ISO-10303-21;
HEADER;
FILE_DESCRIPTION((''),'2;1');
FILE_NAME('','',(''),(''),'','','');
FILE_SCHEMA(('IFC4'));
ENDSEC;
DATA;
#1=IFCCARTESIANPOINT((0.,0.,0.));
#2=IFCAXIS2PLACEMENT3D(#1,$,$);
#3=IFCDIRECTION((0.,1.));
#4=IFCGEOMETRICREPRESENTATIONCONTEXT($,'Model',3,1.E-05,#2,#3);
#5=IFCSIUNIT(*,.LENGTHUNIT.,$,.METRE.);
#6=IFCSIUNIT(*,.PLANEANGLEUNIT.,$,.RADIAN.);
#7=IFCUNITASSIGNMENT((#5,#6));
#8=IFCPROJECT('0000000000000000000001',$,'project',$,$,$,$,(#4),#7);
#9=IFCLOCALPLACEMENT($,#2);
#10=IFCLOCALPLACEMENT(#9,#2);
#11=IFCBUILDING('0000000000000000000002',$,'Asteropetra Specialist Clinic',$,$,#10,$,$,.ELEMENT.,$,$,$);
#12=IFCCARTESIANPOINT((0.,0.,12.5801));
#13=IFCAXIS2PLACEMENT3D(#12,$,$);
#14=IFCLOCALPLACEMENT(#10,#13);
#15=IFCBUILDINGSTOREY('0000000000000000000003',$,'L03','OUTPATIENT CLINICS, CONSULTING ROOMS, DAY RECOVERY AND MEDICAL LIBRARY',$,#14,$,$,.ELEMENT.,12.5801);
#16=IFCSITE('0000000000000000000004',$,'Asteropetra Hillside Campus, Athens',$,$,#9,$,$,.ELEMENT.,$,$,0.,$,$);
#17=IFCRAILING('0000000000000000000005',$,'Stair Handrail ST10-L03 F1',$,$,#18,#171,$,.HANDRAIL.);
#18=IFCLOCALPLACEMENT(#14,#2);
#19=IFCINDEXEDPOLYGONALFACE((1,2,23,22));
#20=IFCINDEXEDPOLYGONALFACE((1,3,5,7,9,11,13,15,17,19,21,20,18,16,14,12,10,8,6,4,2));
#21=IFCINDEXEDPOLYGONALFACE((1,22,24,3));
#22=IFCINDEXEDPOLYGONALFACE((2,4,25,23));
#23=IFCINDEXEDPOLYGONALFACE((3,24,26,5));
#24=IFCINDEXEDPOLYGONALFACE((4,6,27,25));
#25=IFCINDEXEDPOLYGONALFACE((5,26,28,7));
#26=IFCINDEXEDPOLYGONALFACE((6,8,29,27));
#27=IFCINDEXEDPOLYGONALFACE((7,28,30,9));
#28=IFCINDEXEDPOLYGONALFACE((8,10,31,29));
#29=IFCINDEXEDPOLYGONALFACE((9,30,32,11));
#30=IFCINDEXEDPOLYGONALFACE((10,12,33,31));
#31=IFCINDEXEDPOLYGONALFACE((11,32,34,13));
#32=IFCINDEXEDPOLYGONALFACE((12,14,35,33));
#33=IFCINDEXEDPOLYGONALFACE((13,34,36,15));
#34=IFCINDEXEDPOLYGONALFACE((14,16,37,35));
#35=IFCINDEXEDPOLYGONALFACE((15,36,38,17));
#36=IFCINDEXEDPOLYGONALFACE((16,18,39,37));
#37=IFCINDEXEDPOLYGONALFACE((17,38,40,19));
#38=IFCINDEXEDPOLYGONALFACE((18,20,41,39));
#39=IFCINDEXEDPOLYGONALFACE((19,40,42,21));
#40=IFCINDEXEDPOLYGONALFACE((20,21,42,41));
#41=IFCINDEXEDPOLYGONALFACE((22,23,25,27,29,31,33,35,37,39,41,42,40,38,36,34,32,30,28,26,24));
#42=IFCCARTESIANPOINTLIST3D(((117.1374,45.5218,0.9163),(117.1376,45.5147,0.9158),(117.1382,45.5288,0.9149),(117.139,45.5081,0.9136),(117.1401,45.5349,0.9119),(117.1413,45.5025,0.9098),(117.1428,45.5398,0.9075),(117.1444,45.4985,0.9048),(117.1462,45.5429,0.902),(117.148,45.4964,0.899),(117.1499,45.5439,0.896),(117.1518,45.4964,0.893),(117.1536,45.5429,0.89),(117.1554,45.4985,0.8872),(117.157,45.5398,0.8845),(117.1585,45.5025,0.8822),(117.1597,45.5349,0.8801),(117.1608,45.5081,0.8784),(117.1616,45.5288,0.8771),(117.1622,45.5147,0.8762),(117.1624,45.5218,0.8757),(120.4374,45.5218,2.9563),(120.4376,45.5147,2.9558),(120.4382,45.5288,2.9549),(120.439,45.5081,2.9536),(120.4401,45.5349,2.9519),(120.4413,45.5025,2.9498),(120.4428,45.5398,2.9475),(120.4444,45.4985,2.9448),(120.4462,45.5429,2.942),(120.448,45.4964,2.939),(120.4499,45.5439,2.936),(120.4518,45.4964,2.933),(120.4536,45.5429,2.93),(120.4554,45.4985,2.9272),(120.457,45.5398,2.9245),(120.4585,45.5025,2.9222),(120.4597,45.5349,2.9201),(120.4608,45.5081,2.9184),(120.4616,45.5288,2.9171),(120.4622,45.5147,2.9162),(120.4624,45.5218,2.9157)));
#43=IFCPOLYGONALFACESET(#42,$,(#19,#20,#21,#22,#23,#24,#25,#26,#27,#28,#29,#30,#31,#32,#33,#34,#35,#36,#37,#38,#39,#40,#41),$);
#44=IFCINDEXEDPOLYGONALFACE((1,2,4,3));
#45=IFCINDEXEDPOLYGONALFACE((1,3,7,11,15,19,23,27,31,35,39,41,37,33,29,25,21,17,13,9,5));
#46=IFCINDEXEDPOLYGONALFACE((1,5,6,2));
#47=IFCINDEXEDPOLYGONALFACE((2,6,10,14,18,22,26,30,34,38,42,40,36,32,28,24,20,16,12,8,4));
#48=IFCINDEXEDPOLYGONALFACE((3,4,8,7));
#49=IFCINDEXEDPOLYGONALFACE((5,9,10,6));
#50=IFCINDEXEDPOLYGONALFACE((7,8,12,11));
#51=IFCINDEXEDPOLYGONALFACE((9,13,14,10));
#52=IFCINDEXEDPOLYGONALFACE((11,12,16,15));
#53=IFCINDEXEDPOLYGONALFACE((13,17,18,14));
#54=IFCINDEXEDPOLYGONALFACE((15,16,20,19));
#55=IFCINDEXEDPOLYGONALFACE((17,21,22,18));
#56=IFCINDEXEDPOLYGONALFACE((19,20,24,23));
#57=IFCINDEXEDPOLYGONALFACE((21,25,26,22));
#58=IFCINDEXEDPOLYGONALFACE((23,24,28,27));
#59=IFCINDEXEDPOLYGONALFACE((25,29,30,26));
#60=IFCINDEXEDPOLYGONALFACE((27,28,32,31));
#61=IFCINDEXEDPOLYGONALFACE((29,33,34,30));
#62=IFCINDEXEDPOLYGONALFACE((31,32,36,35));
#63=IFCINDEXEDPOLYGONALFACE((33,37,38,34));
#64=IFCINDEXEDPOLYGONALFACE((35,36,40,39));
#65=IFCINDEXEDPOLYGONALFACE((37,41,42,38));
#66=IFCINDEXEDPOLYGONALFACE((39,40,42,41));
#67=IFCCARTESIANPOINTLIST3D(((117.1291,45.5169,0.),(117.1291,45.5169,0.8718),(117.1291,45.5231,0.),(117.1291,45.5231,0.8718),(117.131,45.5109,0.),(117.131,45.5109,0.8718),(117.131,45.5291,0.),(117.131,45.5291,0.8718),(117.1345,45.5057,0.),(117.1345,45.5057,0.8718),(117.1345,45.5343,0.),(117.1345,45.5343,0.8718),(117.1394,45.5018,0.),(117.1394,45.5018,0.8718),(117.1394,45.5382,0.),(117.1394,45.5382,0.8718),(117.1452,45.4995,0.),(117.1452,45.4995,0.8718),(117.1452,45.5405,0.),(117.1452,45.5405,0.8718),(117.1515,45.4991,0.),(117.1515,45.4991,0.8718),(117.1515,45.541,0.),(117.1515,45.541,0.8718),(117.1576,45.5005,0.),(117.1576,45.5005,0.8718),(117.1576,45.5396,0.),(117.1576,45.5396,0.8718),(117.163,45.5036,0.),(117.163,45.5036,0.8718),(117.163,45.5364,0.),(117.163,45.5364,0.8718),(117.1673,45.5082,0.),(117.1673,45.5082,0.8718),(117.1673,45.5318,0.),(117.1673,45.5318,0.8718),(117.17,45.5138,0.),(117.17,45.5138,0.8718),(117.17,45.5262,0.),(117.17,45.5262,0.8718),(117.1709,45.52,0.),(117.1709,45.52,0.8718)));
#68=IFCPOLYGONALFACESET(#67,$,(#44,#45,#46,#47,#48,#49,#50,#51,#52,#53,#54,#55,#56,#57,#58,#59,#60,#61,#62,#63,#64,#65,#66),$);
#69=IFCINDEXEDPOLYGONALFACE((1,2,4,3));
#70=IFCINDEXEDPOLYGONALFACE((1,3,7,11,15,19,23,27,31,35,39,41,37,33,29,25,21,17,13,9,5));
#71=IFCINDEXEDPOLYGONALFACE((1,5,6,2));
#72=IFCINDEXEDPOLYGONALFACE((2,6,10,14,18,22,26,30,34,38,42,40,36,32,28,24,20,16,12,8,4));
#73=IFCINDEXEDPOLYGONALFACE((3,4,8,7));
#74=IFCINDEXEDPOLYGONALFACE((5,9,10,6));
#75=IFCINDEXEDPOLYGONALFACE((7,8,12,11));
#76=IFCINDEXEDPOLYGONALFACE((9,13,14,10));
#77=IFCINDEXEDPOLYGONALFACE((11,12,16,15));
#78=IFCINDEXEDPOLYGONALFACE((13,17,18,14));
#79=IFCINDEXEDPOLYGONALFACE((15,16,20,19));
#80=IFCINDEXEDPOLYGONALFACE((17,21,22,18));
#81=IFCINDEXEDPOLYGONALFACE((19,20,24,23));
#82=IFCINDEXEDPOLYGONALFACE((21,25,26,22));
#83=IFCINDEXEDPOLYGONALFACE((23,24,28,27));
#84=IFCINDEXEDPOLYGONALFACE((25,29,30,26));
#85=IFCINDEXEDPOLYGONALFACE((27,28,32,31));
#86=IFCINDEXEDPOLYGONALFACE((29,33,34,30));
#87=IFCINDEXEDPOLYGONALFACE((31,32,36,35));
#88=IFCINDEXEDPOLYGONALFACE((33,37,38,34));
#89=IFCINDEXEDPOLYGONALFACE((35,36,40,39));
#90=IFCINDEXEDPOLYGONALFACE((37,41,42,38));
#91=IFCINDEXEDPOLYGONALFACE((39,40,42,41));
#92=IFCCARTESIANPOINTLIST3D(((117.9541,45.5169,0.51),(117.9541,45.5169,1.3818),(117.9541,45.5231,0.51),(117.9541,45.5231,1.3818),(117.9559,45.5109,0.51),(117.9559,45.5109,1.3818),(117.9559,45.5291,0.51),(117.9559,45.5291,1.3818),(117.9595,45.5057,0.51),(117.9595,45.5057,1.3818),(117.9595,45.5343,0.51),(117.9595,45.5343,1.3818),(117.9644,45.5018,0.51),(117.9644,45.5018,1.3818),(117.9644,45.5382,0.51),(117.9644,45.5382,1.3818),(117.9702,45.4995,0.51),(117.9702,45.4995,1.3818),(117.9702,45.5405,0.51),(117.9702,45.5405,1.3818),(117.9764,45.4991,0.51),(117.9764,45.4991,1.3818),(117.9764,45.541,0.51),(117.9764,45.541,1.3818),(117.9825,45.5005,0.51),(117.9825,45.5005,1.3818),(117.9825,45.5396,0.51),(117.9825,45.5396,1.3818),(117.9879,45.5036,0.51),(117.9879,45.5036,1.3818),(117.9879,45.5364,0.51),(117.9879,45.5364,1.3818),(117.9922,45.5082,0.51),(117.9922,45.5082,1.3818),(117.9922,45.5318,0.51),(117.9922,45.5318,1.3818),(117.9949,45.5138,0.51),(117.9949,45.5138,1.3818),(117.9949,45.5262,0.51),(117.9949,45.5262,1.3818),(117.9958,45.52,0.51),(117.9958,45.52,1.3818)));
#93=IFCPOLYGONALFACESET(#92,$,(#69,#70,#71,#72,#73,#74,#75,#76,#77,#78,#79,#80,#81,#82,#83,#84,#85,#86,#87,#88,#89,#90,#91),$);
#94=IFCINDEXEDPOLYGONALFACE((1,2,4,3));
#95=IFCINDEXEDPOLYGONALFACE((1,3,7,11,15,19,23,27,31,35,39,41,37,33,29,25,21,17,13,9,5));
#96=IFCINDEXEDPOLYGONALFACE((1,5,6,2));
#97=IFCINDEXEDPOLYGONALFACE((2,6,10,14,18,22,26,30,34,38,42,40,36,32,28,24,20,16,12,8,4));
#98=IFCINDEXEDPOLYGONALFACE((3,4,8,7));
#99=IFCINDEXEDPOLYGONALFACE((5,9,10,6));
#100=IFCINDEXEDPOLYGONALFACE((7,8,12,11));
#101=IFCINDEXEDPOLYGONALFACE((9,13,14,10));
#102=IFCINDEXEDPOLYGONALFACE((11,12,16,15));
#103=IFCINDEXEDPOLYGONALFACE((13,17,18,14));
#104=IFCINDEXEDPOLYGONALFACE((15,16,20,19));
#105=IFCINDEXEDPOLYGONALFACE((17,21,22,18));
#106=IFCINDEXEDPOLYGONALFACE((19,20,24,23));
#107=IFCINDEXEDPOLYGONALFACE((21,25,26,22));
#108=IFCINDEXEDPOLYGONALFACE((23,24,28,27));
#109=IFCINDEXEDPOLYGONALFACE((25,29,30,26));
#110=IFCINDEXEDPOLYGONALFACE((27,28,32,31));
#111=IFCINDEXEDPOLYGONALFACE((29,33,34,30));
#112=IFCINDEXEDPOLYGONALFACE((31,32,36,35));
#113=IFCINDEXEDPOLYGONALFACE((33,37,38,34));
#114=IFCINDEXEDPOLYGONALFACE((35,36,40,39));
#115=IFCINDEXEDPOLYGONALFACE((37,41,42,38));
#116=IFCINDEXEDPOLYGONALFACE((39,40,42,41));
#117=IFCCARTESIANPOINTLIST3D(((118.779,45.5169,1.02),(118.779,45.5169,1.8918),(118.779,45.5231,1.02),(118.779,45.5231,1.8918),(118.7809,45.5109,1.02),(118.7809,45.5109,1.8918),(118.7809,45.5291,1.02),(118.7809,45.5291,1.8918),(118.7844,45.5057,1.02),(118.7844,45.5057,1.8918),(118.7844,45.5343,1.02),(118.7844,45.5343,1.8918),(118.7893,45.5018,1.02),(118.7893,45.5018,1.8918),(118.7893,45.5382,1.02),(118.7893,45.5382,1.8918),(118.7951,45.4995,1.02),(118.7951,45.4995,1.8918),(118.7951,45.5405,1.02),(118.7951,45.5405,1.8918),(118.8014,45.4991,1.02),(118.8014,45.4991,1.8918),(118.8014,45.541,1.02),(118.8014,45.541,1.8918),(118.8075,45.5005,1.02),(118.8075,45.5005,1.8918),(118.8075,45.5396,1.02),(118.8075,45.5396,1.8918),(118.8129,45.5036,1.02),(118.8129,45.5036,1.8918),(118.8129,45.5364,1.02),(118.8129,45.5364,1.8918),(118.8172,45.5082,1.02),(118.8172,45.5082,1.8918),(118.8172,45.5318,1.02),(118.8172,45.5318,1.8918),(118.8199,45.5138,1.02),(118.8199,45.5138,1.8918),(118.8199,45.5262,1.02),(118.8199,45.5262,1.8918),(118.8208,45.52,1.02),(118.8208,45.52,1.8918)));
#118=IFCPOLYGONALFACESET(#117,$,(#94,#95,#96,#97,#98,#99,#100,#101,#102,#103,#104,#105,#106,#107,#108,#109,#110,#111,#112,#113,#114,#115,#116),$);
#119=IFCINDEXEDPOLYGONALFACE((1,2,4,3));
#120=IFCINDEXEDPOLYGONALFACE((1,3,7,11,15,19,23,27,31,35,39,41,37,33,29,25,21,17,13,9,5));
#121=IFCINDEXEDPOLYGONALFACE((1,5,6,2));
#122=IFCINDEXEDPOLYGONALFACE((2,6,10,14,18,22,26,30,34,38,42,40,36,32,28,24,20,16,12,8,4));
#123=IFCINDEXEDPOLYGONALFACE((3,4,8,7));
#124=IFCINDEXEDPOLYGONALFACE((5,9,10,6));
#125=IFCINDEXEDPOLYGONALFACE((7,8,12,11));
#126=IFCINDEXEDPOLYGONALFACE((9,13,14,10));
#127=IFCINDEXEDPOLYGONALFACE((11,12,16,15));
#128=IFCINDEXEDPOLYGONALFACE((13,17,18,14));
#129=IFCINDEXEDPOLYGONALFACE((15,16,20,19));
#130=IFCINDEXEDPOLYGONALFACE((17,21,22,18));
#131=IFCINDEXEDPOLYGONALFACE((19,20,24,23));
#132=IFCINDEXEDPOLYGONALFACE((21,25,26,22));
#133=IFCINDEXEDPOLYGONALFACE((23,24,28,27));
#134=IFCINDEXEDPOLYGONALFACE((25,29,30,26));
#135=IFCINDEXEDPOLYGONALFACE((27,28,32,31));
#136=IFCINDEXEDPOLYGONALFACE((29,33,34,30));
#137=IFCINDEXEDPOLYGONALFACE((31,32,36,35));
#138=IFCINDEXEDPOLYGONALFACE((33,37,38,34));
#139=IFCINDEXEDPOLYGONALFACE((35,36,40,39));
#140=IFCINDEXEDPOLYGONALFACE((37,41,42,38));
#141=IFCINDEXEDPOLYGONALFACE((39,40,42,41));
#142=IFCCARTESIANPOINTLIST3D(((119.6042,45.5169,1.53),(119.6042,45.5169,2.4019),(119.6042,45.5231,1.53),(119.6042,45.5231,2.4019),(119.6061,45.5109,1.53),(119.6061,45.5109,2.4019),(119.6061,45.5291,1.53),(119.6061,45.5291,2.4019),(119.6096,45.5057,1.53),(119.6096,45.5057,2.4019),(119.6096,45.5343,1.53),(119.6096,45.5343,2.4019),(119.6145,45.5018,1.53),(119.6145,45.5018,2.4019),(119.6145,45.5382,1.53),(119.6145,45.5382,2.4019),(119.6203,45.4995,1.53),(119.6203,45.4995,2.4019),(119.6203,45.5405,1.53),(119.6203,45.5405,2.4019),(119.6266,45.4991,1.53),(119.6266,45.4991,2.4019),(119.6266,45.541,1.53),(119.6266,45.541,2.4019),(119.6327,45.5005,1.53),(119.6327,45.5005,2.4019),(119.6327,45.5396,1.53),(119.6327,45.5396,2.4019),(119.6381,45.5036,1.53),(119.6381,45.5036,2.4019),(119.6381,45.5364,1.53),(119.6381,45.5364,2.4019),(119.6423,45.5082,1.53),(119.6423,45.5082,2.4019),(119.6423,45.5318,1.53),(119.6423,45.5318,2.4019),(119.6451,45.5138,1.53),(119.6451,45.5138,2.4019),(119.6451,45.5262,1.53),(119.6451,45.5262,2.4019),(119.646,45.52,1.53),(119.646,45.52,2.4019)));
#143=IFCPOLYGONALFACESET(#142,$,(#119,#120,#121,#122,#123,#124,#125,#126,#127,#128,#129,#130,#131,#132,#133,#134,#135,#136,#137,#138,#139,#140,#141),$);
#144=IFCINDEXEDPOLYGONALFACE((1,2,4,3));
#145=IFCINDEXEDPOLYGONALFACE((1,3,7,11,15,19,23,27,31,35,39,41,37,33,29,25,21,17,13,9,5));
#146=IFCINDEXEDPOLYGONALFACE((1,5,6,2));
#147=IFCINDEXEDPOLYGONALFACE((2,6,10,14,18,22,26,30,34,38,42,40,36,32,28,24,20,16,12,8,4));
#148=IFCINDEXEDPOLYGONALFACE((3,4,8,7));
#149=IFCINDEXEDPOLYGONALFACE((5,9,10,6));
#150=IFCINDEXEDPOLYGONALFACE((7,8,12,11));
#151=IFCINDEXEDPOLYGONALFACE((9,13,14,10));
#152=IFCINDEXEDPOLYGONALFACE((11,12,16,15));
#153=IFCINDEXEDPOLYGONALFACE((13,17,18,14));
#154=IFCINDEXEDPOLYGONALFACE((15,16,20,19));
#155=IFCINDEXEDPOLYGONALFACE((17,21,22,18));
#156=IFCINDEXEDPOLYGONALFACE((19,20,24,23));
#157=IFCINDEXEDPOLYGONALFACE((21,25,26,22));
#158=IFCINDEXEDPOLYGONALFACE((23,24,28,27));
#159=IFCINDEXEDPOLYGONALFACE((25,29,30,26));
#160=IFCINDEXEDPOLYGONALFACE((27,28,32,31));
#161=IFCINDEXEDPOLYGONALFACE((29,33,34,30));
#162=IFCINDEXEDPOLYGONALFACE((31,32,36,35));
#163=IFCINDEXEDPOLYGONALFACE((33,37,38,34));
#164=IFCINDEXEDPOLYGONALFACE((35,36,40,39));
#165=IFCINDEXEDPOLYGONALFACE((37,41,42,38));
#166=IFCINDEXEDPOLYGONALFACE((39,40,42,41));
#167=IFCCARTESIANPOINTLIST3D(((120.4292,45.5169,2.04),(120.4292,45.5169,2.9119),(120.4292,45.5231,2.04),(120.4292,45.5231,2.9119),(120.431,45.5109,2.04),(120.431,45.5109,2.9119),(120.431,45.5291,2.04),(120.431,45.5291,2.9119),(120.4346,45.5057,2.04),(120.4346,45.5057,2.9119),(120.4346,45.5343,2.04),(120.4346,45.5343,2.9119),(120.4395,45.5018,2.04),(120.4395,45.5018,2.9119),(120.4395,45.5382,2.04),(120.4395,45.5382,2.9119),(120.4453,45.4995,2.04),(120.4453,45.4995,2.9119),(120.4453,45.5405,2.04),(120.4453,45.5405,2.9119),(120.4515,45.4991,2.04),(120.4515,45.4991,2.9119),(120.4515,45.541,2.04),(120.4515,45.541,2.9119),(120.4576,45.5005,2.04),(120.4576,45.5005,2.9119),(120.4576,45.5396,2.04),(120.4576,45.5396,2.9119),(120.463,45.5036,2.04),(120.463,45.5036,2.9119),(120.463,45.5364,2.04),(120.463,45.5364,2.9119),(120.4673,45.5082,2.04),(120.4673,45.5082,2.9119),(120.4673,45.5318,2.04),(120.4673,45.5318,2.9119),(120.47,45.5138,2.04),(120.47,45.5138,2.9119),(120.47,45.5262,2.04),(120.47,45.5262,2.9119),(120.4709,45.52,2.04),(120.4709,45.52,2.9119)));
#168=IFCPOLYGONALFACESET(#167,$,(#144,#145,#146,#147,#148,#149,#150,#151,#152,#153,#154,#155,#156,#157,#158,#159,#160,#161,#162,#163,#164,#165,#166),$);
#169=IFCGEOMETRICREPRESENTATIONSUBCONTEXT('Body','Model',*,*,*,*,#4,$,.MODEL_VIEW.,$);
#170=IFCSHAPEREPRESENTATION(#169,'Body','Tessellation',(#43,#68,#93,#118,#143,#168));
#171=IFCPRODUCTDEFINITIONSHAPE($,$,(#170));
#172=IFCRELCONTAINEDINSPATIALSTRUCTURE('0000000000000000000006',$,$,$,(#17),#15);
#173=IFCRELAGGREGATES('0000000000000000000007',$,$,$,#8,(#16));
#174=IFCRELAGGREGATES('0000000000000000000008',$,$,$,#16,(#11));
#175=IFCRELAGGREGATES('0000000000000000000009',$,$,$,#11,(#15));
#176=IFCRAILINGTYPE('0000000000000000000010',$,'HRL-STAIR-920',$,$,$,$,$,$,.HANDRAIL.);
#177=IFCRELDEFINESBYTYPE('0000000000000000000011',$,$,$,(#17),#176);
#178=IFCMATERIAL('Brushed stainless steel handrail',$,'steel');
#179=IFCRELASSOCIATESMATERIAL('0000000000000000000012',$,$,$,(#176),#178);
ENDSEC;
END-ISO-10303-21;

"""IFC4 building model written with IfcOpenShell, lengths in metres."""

from ifc_helpers import new_model, si_unit, direction, frame, origin, origin_2d, place, context, subcontext, project, spatial, circle, extrude, material, type_object, element, save


model = new_model("IFC4")

# Units and contexts
model_context = context("Model", 3, precision=1e-05, world=origin(), true_north=direction((0.0, 1.0)))
body_context = subcontext(model_context, "Body", "Model", "MODEL_VIEW")
ifc_project = project(units=[si_unit("LENGTHUNIT", "METRE"), si_unit("PLANEANGLEUNIT", "RADIAN")], contexts=[model_context])

# Site, building, storey
site_placement = place(None, origin())
site = spatial("IfcSite", under=ifc_project, at=site_placement, Name="Asteropetra Hillside Campus, Athens", CompositionType="ELEMENT", RefElevation=0.0)
building_placement = place(site_placement, origin())
building = spatial("IfcBuilding", under=site, at=building_placement, Name="Asteropetra Specialist Clinic", CompositionType="ELEMENT")
storey_placement = place(building_placement, frame((0.0, 0.0, 12.5801)))
storey = spatial("IfcBuildingStorey", under=building, at=storey_placement, Name="L03", Description="OUTPATIENT CLINICS, CONSULTING ROOMS, DAY RECOVERY AND MEDICAL LIBRARY", CompositionType="ELEMENT", Elevation=12.5801)

# Railing
ifc_material_1 = material(Name="Brushed stainless steel handrail", Category="steel")
railing_type_1 = type_object("IfcRailingType", Name="HRL-STAIR-920", PredefinedType="HANDRAIL", material=ifc_material_1)
railing_1_placement = place(storey_placement, frame((117.1499, 45.52, 0.0)))
element("IfcRailing", 1, at=railing_1_placement, inside=storey, type_object=railing_type_1, Name="Stair Handrail ST10-L03 F1", PredefinedType="HANDRAIL", context=body_context, shape_type="SweptSolid", body=[
    extrude(circle(Radius=0.0239, at=origin_2d()), frame((0.0, 0.0, 0.896), z_axis=(0.850594, 0.0, 0.525824), x_axis=(0.0, 1.0, 0.0)), (0.0, 0.0, 1.0), 3.8796),
    extrude(circle(Radius=0.021, at=origin_2d()), origin(), (0.0, 0.0, 1.0), 0.8718),
    extrude(circle(Radius=0.021, at=origin_2d()), frame((0.825, 0.0, 0.51)), (0.0, 0.0, 1.0), 0.8718),
    extrude(circle(Radius=0.021, at=origin_2d()), frame((1.6499, 0.0, 1.02)), (0.0, 0.0, 1.0), 0.8718),
    extrude(circle(Radius=0.021, at=origin_2d()), frame((2.4751, 0.0, 1.53)), (0.0, 0.0, 1.0), 0.8718),
    extrude(circle(Radius=0.021, at=origin_2d()), frame((3.3, 0.0, 2.04)), (0.0, 0.0, 1.0), 0.8718),
])

save(model, "model.ifc")
